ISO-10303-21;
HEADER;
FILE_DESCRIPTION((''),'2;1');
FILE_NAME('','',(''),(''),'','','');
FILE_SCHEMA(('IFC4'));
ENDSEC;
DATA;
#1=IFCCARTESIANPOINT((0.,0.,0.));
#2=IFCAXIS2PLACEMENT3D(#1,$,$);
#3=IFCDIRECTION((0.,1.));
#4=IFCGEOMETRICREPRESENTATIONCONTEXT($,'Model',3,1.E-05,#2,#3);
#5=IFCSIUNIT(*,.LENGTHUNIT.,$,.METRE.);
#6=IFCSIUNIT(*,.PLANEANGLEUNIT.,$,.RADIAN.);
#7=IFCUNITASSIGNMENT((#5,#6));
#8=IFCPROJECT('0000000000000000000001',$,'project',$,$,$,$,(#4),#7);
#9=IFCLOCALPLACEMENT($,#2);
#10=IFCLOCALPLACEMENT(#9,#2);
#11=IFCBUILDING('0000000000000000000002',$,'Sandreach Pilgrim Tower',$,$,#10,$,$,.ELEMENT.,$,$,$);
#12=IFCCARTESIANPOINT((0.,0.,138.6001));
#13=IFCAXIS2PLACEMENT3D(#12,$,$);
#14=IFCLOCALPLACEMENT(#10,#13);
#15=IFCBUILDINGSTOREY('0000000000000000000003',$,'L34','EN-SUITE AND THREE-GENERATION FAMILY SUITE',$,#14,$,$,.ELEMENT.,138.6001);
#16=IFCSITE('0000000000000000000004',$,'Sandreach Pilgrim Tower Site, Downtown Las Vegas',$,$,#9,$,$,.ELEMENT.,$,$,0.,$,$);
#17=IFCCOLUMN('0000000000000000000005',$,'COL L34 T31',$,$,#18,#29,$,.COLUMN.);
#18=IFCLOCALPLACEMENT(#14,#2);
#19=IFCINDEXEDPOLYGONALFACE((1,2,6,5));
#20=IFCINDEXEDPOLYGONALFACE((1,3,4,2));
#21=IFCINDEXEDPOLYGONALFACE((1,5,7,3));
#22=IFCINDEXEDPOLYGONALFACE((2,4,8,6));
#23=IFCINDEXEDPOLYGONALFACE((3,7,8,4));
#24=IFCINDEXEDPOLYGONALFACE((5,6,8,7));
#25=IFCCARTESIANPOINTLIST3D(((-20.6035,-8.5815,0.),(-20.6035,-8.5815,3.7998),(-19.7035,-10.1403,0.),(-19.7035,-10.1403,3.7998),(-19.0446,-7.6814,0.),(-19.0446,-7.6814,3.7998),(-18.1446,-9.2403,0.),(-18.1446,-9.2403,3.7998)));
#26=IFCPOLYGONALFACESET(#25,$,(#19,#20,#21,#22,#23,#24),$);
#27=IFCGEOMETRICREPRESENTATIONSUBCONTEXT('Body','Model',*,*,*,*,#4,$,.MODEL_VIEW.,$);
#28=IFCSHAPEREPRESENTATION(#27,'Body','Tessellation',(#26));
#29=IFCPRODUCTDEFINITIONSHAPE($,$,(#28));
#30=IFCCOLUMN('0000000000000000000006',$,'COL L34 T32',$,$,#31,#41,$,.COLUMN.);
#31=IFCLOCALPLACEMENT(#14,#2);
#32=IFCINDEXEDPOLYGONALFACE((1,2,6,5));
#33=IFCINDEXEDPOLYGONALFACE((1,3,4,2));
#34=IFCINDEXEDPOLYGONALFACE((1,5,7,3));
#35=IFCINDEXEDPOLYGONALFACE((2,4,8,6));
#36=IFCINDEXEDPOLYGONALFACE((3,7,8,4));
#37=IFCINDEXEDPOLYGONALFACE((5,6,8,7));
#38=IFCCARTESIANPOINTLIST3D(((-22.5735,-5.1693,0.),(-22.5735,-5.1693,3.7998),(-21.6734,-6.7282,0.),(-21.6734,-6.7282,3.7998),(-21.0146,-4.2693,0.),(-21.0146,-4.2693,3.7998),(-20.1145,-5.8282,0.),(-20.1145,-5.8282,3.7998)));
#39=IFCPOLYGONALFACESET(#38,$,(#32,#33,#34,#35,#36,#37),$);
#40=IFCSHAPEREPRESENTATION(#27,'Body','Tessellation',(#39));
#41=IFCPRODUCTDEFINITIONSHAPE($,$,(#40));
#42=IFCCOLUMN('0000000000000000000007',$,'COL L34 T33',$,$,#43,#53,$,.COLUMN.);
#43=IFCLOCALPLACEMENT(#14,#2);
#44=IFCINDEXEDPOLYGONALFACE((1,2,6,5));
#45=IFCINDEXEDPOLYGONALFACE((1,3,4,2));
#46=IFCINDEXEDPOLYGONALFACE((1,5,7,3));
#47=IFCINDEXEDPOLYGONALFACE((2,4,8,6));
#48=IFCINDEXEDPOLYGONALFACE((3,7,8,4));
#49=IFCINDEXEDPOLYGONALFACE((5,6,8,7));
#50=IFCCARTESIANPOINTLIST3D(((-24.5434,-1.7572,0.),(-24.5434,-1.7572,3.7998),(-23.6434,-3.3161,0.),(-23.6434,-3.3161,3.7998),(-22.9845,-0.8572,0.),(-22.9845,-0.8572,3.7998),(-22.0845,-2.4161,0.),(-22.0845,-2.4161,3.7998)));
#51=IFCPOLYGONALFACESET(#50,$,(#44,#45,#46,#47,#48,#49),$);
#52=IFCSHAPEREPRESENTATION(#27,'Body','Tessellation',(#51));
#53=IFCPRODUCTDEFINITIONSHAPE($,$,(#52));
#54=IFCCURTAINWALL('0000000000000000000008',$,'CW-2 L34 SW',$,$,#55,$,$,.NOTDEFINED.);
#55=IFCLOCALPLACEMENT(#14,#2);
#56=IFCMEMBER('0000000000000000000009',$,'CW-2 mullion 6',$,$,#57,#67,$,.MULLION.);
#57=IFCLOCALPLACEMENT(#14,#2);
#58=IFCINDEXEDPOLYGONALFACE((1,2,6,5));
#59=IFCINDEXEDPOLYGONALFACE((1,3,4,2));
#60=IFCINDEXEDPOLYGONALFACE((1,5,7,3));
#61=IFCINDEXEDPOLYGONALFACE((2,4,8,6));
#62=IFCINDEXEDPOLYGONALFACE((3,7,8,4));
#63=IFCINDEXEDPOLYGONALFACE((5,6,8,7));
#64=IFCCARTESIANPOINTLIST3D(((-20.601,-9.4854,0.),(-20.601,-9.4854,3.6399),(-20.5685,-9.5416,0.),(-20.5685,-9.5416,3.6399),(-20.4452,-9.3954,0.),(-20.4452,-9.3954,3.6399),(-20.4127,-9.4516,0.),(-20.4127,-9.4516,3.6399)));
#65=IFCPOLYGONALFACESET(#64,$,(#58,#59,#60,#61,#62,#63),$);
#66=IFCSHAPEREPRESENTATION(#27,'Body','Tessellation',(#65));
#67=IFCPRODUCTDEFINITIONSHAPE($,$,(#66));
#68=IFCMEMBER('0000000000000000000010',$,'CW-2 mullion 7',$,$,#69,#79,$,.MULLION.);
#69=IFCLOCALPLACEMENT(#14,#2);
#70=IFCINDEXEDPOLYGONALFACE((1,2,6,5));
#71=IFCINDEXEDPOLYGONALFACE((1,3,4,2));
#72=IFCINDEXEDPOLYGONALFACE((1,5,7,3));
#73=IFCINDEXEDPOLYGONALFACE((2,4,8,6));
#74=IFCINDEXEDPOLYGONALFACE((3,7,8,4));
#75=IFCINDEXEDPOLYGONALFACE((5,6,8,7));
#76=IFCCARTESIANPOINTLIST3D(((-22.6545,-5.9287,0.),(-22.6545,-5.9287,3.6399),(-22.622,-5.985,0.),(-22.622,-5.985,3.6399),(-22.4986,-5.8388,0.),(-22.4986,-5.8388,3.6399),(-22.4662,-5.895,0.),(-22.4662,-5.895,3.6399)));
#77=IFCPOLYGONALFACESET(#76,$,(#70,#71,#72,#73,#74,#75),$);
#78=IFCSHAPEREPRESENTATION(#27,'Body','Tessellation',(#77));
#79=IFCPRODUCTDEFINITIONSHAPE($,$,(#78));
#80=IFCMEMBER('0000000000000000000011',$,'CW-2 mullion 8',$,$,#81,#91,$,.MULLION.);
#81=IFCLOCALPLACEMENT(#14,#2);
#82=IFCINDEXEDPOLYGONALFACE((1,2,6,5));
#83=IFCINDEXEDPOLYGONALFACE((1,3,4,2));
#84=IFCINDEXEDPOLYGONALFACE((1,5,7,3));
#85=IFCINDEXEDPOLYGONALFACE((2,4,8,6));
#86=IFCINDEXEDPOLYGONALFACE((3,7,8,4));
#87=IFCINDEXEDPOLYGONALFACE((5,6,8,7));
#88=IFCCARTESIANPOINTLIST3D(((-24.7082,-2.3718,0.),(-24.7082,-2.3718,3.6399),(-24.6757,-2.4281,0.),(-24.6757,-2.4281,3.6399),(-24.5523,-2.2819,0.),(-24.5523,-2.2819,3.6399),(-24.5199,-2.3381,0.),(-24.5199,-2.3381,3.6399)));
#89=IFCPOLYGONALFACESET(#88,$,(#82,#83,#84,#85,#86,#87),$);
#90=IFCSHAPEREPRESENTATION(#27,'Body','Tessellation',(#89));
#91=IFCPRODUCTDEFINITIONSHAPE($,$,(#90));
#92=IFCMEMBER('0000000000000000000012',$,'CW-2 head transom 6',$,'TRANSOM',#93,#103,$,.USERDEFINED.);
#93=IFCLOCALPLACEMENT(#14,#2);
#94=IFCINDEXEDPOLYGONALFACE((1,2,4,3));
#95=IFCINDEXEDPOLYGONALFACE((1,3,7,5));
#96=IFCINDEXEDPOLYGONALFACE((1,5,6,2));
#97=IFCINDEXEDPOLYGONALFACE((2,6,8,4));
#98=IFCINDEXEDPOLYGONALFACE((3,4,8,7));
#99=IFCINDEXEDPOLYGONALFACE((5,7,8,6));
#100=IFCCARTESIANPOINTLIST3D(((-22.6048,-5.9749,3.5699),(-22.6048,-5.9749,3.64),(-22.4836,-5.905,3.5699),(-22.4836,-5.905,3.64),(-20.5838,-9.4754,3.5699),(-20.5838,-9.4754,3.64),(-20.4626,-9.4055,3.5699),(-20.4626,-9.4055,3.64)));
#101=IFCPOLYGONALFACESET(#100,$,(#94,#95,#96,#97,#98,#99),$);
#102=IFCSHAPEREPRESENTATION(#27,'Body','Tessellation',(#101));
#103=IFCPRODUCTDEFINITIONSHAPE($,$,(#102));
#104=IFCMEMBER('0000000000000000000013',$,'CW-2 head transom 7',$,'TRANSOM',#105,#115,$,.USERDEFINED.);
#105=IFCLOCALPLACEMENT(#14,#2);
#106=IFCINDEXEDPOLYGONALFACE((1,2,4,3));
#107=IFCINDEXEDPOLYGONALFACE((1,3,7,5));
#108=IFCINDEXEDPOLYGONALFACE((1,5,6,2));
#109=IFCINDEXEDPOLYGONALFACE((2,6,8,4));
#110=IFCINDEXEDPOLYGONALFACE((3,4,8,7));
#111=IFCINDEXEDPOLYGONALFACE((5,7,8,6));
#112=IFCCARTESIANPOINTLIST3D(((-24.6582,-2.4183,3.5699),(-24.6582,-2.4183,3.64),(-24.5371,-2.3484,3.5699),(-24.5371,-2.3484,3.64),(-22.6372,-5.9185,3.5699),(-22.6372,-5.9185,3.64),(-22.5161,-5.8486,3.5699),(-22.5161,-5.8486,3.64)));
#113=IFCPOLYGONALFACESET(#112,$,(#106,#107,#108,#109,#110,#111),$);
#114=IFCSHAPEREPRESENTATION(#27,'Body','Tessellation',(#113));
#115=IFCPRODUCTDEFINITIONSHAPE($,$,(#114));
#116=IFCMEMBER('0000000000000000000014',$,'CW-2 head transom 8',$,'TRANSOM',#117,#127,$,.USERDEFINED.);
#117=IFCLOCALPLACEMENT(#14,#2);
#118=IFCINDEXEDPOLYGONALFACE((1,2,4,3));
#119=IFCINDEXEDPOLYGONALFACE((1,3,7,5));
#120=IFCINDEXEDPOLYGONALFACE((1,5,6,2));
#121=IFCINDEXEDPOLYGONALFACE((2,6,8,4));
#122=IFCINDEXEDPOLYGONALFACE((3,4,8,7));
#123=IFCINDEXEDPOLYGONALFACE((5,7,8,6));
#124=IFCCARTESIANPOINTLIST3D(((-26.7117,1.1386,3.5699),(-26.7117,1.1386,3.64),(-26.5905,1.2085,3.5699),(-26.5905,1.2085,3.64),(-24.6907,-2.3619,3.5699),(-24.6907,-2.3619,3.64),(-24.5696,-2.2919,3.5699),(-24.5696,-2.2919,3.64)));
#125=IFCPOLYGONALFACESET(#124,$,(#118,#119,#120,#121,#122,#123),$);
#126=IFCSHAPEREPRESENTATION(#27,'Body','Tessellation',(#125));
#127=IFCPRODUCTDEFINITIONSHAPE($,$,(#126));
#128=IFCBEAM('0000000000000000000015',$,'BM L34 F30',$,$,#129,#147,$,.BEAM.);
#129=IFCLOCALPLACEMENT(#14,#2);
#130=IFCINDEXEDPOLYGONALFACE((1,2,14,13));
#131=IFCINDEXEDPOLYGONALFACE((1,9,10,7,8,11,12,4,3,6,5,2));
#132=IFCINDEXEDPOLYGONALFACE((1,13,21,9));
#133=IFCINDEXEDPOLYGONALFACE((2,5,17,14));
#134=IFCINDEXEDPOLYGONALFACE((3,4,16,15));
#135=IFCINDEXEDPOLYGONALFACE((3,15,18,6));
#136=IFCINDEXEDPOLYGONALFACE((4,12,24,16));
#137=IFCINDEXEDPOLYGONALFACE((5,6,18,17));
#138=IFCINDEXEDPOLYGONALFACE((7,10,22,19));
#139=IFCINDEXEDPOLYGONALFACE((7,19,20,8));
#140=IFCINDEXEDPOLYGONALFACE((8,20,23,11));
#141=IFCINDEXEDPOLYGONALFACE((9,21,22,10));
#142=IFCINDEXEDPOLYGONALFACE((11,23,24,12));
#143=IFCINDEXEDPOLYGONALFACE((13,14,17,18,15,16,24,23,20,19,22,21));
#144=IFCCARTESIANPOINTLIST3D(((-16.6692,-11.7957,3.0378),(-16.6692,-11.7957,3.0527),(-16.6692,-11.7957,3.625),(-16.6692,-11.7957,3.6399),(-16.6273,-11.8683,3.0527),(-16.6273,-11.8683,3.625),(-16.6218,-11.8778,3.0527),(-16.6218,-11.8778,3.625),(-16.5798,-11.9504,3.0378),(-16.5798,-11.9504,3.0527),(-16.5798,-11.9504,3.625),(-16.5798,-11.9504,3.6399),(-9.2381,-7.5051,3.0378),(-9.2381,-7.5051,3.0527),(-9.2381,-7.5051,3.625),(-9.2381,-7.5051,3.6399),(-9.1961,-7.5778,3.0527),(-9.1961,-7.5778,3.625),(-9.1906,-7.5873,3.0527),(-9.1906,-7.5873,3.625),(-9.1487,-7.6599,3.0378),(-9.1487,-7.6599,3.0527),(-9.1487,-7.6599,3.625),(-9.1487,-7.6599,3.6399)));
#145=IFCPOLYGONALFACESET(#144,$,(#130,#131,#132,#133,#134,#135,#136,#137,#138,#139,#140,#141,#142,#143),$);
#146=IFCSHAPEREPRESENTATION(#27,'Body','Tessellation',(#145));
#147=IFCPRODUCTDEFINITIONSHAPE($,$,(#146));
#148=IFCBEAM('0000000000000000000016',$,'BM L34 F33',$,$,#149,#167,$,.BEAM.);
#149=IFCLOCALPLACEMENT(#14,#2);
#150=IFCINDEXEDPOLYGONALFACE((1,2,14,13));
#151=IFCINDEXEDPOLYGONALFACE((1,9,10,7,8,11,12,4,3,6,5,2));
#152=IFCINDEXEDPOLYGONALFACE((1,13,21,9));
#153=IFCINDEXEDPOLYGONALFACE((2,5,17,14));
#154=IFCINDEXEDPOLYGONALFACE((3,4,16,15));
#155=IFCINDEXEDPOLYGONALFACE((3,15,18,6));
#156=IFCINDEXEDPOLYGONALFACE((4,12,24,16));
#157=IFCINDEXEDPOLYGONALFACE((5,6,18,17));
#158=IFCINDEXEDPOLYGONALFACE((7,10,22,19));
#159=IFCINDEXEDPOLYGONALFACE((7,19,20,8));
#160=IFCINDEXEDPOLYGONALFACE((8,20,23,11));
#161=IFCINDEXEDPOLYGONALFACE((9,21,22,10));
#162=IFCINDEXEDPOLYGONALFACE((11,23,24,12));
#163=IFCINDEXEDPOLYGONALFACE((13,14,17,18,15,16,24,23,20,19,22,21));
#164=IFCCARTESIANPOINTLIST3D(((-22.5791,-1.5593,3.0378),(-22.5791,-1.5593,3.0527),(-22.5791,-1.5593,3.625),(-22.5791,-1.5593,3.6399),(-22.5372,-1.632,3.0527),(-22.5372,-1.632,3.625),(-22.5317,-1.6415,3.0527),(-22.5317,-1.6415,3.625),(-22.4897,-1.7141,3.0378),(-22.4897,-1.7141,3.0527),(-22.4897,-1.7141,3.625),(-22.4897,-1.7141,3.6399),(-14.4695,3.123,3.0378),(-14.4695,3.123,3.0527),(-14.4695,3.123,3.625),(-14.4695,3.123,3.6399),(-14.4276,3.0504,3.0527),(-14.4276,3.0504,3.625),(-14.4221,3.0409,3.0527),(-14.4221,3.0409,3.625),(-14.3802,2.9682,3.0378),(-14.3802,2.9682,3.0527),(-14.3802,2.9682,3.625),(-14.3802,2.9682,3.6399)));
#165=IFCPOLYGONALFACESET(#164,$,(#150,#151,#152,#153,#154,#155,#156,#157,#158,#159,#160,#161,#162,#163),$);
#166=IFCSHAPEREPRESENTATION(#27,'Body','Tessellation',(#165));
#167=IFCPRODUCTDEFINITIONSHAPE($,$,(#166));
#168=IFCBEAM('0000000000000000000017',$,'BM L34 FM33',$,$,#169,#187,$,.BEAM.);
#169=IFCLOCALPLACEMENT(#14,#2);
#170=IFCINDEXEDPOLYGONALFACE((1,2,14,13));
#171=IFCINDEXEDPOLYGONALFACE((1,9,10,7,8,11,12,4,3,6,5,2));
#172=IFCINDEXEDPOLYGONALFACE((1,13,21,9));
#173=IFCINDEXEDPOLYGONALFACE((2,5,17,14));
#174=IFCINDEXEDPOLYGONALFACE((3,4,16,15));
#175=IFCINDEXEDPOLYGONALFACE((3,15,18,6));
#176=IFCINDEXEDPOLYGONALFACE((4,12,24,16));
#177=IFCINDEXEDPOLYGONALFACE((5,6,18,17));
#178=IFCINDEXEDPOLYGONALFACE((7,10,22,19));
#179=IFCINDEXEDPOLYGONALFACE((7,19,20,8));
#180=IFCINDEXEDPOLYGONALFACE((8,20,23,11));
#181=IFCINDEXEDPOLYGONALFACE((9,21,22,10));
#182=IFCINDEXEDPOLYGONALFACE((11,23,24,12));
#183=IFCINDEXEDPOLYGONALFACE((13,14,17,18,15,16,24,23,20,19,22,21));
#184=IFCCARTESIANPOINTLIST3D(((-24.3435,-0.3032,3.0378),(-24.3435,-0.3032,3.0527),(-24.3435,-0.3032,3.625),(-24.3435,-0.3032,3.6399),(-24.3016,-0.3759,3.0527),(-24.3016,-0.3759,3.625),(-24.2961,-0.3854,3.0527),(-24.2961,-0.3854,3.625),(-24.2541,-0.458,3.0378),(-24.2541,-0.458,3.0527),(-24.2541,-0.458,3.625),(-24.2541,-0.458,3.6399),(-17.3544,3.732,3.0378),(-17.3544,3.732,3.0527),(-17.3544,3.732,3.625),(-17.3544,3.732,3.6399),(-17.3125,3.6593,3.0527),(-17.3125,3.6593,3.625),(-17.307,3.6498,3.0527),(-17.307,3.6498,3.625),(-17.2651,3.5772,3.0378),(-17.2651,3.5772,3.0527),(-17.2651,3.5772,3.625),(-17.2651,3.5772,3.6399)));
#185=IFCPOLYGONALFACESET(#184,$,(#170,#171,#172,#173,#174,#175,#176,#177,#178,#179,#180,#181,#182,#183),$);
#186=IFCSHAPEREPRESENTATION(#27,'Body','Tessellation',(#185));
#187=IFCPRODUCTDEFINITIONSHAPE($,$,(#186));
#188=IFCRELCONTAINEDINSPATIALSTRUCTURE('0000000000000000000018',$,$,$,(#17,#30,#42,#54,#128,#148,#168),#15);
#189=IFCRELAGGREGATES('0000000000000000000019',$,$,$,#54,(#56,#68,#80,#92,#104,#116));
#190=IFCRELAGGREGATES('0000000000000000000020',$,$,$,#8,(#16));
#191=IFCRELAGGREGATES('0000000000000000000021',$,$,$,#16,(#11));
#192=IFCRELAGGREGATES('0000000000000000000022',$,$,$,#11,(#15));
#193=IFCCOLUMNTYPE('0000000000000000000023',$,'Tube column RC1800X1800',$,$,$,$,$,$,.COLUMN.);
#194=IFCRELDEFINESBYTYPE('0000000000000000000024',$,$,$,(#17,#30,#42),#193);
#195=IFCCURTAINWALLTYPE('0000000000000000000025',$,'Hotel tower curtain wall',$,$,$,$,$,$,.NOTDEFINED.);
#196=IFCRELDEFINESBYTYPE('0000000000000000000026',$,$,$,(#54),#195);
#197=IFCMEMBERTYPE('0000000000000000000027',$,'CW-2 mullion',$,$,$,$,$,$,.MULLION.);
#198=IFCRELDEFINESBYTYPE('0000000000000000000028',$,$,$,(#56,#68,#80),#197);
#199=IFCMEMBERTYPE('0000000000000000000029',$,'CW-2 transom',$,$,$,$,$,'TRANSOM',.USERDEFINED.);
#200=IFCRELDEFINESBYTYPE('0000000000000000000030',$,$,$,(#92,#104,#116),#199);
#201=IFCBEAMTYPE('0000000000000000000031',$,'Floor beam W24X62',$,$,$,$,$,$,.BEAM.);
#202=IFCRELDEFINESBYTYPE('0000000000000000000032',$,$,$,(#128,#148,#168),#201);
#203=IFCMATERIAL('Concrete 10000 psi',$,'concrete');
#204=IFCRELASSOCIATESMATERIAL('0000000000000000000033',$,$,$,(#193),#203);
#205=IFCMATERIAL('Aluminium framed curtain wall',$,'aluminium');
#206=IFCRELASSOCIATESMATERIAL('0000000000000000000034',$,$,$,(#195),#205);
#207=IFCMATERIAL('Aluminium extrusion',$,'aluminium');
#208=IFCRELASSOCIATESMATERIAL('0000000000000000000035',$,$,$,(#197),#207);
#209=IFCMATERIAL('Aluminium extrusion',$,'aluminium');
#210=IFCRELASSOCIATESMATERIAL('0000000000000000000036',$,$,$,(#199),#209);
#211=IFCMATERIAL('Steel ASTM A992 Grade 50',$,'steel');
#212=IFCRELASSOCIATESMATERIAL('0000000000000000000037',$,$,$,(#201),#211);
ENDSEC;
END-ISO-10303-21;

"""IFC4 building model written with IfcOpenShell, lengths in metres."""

from ifc_helpers import new_model, si_unit, direction, frame, origin, origin_2d, place, context, subcontext, project, spatial, rectangle, i_section, extrude, material, material_profile, profile_set, type_object, element, aggregate, save


model = new_model("IFC4")

# Units and contexts
model_context = context("Model", 3, precision=1e-05, world=origin(), true_north=direction((0.0, 1.0)))
body_context = subcontext(model_context, "Body", "Model", "MODEL_VIEW")
ifc_project = project(units=[si_unit("LENGTHUNIT", "METRE"), si_unit("PLANEANGLEUNIT", "RADIAN")], contexts=[model_context])

# Site, building, storey
site_placement = place(None, origin())
site = spatial("IfcSite", under=ifc_project, at=site_placement, Name="Sandreach Pilgrim Tower Site, Downtown Las Vegas", CompositionType="ELEMENT", RefElevation=0.0)
building_placement = place(site_placement, origin())
building = spatial("IfcBuilding", under=site, at=building_placement, Name="Sandreach Pilgrim Tower", CompositionType="ELEMENT")
storey_placement = place(building_placement, frame((0.0, 0.0, 138.6001)))
storey = spatial("IfcBuildingStorey", under=building, at=storey_placement, Name="L34", Description="EN-SUITE AND THREE-GENERATION FAMILY SUITE", CompositionType="ELEMENT", Elevation=138.6001)

# Columns
ifc_material_1 = material(Name="Concrete 10000 psi", Category="concrete")
ifc_material_profile_1 = material_profile(ifc_material_1, rectangle(XDim=1.8, YDim=1.8, at=origin_2d()), Name="RC1800X1800")
ifc_profile_set_1 = profile_set([ifc_material_profile_1], Name="Concrete 10000 psi")
column_type = type_object("IfcColumnType", Name="Tube column RC1800X1800", PredefinedType="COLUMN", material=ifc_profile_set_1)
for number, where, z_axis, x_axis, name in (
    (1, (-19.374, -8.9109, 0.0), (0.0, 0.0, 1.0), (-0.866025, -0.5, 0.0), "COL L34 T31"),
    (2, (-21.344, -5.4988, 0.0), (0.0, 0.0, 1.0), (-0.866025, -0.5, 0.0), "COL L34 T32"),
    (3, (-23.314, -2.0867, 0.0), (0.0, 0.0, 1.0), (-0.866025, -0.5, 0.0), "COL L34 T33"),
):
    element("IfcColumn", number, at=place(storey_placement, frame(where, z_axis=z_axis, x_axis=x_axis)), inside=storey, type_object=column_type, Name=name, PredefinedType="COLUMN", context=body_context, shape_type="SweptSolid", body=[
        extrude(rectangle(XDim=1.8, YDim=1.8, at=origin_2d()), origin(), (0.0, 0.0, 1.0), 3.7998),
    ])

# Curtain wall, members
ifc_material_2 = material(Name="Aluminium framed curtain wall", Category="aluminium")
curtain_wall_type = type_object("IfcCurtainWallType", Name="Hotel tower curtain wall", PredefinedType="NOTDEFINED", material=ifc_material_2)
curtain_wall_placement = place(storey_placement, origin())
curtain_wall = element("IfcCurtainWall", 4, at=curtain_wall_placement, inside=storey, type_object=curtain_wall_type, Name="CW-2 L34 SW", PredefinedType="NOTDEFINED")
ifc_material_3 = material(Name="Aluminium extrusion", Category="aluminium")
ifc_material_profile_2 = material_profile(ifc_material_3, rectangle(XDim=0.0649, YDim=0.1799, at=origin_2d()), Name="CW-2M 65X180")
ifc_profile_set_2 = profile_set([ifc_material_profile_2], Name="Aluminium extrusion")
member_type_1 = type_object("IfcMemberType", Name="CW-2 mullion", PredefinedType="MULLION", material=ifc_profile_set_2)
member_1_placement = place(storey_placement, frame((-20.5068, -9.4685, 0.0), z_axis=(0.0, 0.0, 1.0), x_axis=(-0.5, 0.866025, 0.0)))
member_1 = element("IfcMember", 5, at=member_1_placement, type_object=member_type_1, Name="CW-2 mullion 6", PredefinedType="MULLION", context=body_context, shape_type="SweptSolid", body=[
    extrude(rectangle(XDim=0.0649, YDim=0.1799, at=origin_2d()), origin(), (0.0, 0.0, 1.0), 3.6399),
])
member_2_placement = place(storey_placement, frame((-22.5603, -5.9119, 0.0), z_axis=(0.0, 0.0, 1.0), x_axis=(-0.5, 0.866025, 0.0)))
member_2 = element("IfcMember", 6, at=member_2_placement, type_object=member_type_1, Name="CW-2 mullion 7", PredefinedType="MULLION", context=body_context, shape_type="SweptSolid", body=[
    extrude(rectangle(XDim=0.0649, YDim=0.1799, at=origin_2d()), origin(), (0.0, 0.0, 1.0), 3.6399),
])
member_3_placement = place(storey_placement, frame((-24.614, -2.355, 0.0), z_axis=(0.0, 0.0, 1.0), x_axis=(-0.5, 0.866025, 0.0)))
member_3 = element("IfcMember", 7, at=member_3_placement, type_object=member_type_1, Name="CW-2 mullion 8", PredefinedType="MULLION", context=body_context, shape_type="SweptSolid", body=[
    extrude(rectangle(XDim=0.0649, YDim=0.1799, at=origin_2d()), origin(), (0.0, 0.0, 1.0), 3.6399),
])
ifc_material_4 = material(Name="Aluminium extrusion", Category="aluminium")
ifc_material_profile_3 = material_profile(ifc_material_4, rectangle(XDim=0.1399, YDim=0.0701, at=origin_2d()), Name="CW-2T 140X70")
ifc_profile_set_3 = profile_set([ifc_material_profile_3], Name="Aluminium extrusion")
member_type_2 = type_object("IfcMemberType", Name="CW-2 transom", ElementType="TRANSOM", PredefinedType="USERDEFINED", material=ifc_profile_set_3)
member_4_placement = place(storey_placement, frame((-20.5232, -9.4404, 3.605), z_axis=(-0.499998, 0.866027, 0.0), x_axis=(-0.866027, -0.499998, 0.0)))
member_4 = element("IfcMember", 8, at=member_4_placement, type_object=member_type_2, Name="CW-2 head transom 6", ObjectType="TRANSOM", PredefinedType="USERDEFINED", context=body_context, shape_type="SweptSolid", body=[
    extrude(rectangle(XDim=0.1399, YDim=0.0701, at=origin_2d()), origin(), (0.0, 0.0, 1.0), 4.042),
])
member_5_placement = place(storey_placement, frame((-22.5767, -5.8835, 3.605), z_axis=(-0.500024, 0.866012, 0.0), x_axis=(-0.866012, -0.500024, 0.0)))
member_5 = element("IfcMember", 9, at=member_5_placement, type_object=member_type_2, Name="CW-2 head transom 7", ObjectType="TRANSOM", PredefinedType="USERDEFINED", context=body_context, shape_type="SweptSolid", body=[
    extrude(rectangle(XDim=0.1399, YDim=0.0701, at=origin_2d()), origin(), (0.0, 0.0, 1.0), 4.0417),
])
member_6_placement = place(storey_placement, frame((-24.6301, -2.3269, 3.605), z_axis=(-0.499998, 0.866027, 0.0), x_axis=(-0.866027, -0.499998, 0.0)))
member_6 = element("IfcMember", 10, at=member_6_placement, type_object=member_type_2, Name="CW-2 head transom 8", ObjectType="TRANSOM", PredefinedType="USERDEFINED", context=body_context, shape_type="SweptSolid", body=[
    extrude(rectangle(XDim=0.1399, YDim=0.0701, at=origin_2d()), origin(), (0.0, 0.0, 1.0), 4.042),
])

# Beams
ifc_material_5 = material(Name="Steel ASTM A992 Grade 50", Category="steel")
ifc_material_profile_4 = material_profile(ifc_material_5, i_section(OverallWidth=0.1787, OverallDepth=0.6021, WebThickness=0.011, FlangeThickness=0.0149, at=origin_2d()), Name="W24X62")
ifc_profile_set_4 = profile_set([ifc_material_profile_4], Name="Steel ASTM A992 Grade 50")
beam_type_1 = type_object("IfcBeamType", Name="Floor beam W24X62", PredefinedType="BEAM", material=ifc_profile_set_4)
beam_1_placement = place(storey_placement, frame((-16.6245, -11.873, 3.3389), z_axis=(0.866018, 0.500013, 0.0), x_axis=(-0.500013, 0.866018, 0.0)))
element("IfcBeam", 11, at=beam_1_placement, inside=storey, type_object=beam_type_1, Name="BM L34 F30", PredefinedType="BEAM", context=body_context, shape_type="SweptSolid", body=[
    extrude(i_section(OverallWidth=0.1787, OverallDepth=0.6021, WebThickness=0.011, FlangeThickness=0.0149, at=origin_2d()), origin(), (0.0, 0.0, 1.0), 8.5808),
])
beam_2_placement = place(storey_placement, frame((-22.5344, -1.6367, 3.3389), z_axis=(0.866012, 0.500023, 0.0), x_axis=(-0.500023, 0.866012, 0.0)))
element("IfcBeam", 12, at=beam_2_placement, inside=storey, type_object=beam_type_1, Name="BM L34 F33", PredefinedType="BEAM", context=body_context, shape_type="SweptSolid", body=[
    extrude(i_section(OverallWidth=0.1787, OverallDepth=0.6021, WebThickness=0.011, FlangeThickness=0.0149, at=origin_2d()), origin(), (0.0, 0.0, 1.0), 9.3643),
])
beam_3_placement = place(storey_placement, frame((-24.2988, -0.3806, 3.3389), z_axis=(0.866023, 0.500004, 0.0), x_axis=(-0.500004, 0.866023, 0.0)))
element("IfcBeam", 13, at=beam_3_placement, inside=storey, type_object=beam_type_1, Name="BM L34 FM33", PredefinedType="BEAM", context=body_context, shape_type="SweptSolid", body=[
    extrude(i_section(OverallWidth=0.1787, OverallDepth=0.6021, WebThickness=0.011, FlangeThickness=0.0149, at=origin_2d()), origin(), (0.0, 0.0, 1.0), 8.0703),
])

aggregate(curtain_wall, [member_1, member_2, member_3, member_4, member_5, member_6])

save(model, "model.ifc")
